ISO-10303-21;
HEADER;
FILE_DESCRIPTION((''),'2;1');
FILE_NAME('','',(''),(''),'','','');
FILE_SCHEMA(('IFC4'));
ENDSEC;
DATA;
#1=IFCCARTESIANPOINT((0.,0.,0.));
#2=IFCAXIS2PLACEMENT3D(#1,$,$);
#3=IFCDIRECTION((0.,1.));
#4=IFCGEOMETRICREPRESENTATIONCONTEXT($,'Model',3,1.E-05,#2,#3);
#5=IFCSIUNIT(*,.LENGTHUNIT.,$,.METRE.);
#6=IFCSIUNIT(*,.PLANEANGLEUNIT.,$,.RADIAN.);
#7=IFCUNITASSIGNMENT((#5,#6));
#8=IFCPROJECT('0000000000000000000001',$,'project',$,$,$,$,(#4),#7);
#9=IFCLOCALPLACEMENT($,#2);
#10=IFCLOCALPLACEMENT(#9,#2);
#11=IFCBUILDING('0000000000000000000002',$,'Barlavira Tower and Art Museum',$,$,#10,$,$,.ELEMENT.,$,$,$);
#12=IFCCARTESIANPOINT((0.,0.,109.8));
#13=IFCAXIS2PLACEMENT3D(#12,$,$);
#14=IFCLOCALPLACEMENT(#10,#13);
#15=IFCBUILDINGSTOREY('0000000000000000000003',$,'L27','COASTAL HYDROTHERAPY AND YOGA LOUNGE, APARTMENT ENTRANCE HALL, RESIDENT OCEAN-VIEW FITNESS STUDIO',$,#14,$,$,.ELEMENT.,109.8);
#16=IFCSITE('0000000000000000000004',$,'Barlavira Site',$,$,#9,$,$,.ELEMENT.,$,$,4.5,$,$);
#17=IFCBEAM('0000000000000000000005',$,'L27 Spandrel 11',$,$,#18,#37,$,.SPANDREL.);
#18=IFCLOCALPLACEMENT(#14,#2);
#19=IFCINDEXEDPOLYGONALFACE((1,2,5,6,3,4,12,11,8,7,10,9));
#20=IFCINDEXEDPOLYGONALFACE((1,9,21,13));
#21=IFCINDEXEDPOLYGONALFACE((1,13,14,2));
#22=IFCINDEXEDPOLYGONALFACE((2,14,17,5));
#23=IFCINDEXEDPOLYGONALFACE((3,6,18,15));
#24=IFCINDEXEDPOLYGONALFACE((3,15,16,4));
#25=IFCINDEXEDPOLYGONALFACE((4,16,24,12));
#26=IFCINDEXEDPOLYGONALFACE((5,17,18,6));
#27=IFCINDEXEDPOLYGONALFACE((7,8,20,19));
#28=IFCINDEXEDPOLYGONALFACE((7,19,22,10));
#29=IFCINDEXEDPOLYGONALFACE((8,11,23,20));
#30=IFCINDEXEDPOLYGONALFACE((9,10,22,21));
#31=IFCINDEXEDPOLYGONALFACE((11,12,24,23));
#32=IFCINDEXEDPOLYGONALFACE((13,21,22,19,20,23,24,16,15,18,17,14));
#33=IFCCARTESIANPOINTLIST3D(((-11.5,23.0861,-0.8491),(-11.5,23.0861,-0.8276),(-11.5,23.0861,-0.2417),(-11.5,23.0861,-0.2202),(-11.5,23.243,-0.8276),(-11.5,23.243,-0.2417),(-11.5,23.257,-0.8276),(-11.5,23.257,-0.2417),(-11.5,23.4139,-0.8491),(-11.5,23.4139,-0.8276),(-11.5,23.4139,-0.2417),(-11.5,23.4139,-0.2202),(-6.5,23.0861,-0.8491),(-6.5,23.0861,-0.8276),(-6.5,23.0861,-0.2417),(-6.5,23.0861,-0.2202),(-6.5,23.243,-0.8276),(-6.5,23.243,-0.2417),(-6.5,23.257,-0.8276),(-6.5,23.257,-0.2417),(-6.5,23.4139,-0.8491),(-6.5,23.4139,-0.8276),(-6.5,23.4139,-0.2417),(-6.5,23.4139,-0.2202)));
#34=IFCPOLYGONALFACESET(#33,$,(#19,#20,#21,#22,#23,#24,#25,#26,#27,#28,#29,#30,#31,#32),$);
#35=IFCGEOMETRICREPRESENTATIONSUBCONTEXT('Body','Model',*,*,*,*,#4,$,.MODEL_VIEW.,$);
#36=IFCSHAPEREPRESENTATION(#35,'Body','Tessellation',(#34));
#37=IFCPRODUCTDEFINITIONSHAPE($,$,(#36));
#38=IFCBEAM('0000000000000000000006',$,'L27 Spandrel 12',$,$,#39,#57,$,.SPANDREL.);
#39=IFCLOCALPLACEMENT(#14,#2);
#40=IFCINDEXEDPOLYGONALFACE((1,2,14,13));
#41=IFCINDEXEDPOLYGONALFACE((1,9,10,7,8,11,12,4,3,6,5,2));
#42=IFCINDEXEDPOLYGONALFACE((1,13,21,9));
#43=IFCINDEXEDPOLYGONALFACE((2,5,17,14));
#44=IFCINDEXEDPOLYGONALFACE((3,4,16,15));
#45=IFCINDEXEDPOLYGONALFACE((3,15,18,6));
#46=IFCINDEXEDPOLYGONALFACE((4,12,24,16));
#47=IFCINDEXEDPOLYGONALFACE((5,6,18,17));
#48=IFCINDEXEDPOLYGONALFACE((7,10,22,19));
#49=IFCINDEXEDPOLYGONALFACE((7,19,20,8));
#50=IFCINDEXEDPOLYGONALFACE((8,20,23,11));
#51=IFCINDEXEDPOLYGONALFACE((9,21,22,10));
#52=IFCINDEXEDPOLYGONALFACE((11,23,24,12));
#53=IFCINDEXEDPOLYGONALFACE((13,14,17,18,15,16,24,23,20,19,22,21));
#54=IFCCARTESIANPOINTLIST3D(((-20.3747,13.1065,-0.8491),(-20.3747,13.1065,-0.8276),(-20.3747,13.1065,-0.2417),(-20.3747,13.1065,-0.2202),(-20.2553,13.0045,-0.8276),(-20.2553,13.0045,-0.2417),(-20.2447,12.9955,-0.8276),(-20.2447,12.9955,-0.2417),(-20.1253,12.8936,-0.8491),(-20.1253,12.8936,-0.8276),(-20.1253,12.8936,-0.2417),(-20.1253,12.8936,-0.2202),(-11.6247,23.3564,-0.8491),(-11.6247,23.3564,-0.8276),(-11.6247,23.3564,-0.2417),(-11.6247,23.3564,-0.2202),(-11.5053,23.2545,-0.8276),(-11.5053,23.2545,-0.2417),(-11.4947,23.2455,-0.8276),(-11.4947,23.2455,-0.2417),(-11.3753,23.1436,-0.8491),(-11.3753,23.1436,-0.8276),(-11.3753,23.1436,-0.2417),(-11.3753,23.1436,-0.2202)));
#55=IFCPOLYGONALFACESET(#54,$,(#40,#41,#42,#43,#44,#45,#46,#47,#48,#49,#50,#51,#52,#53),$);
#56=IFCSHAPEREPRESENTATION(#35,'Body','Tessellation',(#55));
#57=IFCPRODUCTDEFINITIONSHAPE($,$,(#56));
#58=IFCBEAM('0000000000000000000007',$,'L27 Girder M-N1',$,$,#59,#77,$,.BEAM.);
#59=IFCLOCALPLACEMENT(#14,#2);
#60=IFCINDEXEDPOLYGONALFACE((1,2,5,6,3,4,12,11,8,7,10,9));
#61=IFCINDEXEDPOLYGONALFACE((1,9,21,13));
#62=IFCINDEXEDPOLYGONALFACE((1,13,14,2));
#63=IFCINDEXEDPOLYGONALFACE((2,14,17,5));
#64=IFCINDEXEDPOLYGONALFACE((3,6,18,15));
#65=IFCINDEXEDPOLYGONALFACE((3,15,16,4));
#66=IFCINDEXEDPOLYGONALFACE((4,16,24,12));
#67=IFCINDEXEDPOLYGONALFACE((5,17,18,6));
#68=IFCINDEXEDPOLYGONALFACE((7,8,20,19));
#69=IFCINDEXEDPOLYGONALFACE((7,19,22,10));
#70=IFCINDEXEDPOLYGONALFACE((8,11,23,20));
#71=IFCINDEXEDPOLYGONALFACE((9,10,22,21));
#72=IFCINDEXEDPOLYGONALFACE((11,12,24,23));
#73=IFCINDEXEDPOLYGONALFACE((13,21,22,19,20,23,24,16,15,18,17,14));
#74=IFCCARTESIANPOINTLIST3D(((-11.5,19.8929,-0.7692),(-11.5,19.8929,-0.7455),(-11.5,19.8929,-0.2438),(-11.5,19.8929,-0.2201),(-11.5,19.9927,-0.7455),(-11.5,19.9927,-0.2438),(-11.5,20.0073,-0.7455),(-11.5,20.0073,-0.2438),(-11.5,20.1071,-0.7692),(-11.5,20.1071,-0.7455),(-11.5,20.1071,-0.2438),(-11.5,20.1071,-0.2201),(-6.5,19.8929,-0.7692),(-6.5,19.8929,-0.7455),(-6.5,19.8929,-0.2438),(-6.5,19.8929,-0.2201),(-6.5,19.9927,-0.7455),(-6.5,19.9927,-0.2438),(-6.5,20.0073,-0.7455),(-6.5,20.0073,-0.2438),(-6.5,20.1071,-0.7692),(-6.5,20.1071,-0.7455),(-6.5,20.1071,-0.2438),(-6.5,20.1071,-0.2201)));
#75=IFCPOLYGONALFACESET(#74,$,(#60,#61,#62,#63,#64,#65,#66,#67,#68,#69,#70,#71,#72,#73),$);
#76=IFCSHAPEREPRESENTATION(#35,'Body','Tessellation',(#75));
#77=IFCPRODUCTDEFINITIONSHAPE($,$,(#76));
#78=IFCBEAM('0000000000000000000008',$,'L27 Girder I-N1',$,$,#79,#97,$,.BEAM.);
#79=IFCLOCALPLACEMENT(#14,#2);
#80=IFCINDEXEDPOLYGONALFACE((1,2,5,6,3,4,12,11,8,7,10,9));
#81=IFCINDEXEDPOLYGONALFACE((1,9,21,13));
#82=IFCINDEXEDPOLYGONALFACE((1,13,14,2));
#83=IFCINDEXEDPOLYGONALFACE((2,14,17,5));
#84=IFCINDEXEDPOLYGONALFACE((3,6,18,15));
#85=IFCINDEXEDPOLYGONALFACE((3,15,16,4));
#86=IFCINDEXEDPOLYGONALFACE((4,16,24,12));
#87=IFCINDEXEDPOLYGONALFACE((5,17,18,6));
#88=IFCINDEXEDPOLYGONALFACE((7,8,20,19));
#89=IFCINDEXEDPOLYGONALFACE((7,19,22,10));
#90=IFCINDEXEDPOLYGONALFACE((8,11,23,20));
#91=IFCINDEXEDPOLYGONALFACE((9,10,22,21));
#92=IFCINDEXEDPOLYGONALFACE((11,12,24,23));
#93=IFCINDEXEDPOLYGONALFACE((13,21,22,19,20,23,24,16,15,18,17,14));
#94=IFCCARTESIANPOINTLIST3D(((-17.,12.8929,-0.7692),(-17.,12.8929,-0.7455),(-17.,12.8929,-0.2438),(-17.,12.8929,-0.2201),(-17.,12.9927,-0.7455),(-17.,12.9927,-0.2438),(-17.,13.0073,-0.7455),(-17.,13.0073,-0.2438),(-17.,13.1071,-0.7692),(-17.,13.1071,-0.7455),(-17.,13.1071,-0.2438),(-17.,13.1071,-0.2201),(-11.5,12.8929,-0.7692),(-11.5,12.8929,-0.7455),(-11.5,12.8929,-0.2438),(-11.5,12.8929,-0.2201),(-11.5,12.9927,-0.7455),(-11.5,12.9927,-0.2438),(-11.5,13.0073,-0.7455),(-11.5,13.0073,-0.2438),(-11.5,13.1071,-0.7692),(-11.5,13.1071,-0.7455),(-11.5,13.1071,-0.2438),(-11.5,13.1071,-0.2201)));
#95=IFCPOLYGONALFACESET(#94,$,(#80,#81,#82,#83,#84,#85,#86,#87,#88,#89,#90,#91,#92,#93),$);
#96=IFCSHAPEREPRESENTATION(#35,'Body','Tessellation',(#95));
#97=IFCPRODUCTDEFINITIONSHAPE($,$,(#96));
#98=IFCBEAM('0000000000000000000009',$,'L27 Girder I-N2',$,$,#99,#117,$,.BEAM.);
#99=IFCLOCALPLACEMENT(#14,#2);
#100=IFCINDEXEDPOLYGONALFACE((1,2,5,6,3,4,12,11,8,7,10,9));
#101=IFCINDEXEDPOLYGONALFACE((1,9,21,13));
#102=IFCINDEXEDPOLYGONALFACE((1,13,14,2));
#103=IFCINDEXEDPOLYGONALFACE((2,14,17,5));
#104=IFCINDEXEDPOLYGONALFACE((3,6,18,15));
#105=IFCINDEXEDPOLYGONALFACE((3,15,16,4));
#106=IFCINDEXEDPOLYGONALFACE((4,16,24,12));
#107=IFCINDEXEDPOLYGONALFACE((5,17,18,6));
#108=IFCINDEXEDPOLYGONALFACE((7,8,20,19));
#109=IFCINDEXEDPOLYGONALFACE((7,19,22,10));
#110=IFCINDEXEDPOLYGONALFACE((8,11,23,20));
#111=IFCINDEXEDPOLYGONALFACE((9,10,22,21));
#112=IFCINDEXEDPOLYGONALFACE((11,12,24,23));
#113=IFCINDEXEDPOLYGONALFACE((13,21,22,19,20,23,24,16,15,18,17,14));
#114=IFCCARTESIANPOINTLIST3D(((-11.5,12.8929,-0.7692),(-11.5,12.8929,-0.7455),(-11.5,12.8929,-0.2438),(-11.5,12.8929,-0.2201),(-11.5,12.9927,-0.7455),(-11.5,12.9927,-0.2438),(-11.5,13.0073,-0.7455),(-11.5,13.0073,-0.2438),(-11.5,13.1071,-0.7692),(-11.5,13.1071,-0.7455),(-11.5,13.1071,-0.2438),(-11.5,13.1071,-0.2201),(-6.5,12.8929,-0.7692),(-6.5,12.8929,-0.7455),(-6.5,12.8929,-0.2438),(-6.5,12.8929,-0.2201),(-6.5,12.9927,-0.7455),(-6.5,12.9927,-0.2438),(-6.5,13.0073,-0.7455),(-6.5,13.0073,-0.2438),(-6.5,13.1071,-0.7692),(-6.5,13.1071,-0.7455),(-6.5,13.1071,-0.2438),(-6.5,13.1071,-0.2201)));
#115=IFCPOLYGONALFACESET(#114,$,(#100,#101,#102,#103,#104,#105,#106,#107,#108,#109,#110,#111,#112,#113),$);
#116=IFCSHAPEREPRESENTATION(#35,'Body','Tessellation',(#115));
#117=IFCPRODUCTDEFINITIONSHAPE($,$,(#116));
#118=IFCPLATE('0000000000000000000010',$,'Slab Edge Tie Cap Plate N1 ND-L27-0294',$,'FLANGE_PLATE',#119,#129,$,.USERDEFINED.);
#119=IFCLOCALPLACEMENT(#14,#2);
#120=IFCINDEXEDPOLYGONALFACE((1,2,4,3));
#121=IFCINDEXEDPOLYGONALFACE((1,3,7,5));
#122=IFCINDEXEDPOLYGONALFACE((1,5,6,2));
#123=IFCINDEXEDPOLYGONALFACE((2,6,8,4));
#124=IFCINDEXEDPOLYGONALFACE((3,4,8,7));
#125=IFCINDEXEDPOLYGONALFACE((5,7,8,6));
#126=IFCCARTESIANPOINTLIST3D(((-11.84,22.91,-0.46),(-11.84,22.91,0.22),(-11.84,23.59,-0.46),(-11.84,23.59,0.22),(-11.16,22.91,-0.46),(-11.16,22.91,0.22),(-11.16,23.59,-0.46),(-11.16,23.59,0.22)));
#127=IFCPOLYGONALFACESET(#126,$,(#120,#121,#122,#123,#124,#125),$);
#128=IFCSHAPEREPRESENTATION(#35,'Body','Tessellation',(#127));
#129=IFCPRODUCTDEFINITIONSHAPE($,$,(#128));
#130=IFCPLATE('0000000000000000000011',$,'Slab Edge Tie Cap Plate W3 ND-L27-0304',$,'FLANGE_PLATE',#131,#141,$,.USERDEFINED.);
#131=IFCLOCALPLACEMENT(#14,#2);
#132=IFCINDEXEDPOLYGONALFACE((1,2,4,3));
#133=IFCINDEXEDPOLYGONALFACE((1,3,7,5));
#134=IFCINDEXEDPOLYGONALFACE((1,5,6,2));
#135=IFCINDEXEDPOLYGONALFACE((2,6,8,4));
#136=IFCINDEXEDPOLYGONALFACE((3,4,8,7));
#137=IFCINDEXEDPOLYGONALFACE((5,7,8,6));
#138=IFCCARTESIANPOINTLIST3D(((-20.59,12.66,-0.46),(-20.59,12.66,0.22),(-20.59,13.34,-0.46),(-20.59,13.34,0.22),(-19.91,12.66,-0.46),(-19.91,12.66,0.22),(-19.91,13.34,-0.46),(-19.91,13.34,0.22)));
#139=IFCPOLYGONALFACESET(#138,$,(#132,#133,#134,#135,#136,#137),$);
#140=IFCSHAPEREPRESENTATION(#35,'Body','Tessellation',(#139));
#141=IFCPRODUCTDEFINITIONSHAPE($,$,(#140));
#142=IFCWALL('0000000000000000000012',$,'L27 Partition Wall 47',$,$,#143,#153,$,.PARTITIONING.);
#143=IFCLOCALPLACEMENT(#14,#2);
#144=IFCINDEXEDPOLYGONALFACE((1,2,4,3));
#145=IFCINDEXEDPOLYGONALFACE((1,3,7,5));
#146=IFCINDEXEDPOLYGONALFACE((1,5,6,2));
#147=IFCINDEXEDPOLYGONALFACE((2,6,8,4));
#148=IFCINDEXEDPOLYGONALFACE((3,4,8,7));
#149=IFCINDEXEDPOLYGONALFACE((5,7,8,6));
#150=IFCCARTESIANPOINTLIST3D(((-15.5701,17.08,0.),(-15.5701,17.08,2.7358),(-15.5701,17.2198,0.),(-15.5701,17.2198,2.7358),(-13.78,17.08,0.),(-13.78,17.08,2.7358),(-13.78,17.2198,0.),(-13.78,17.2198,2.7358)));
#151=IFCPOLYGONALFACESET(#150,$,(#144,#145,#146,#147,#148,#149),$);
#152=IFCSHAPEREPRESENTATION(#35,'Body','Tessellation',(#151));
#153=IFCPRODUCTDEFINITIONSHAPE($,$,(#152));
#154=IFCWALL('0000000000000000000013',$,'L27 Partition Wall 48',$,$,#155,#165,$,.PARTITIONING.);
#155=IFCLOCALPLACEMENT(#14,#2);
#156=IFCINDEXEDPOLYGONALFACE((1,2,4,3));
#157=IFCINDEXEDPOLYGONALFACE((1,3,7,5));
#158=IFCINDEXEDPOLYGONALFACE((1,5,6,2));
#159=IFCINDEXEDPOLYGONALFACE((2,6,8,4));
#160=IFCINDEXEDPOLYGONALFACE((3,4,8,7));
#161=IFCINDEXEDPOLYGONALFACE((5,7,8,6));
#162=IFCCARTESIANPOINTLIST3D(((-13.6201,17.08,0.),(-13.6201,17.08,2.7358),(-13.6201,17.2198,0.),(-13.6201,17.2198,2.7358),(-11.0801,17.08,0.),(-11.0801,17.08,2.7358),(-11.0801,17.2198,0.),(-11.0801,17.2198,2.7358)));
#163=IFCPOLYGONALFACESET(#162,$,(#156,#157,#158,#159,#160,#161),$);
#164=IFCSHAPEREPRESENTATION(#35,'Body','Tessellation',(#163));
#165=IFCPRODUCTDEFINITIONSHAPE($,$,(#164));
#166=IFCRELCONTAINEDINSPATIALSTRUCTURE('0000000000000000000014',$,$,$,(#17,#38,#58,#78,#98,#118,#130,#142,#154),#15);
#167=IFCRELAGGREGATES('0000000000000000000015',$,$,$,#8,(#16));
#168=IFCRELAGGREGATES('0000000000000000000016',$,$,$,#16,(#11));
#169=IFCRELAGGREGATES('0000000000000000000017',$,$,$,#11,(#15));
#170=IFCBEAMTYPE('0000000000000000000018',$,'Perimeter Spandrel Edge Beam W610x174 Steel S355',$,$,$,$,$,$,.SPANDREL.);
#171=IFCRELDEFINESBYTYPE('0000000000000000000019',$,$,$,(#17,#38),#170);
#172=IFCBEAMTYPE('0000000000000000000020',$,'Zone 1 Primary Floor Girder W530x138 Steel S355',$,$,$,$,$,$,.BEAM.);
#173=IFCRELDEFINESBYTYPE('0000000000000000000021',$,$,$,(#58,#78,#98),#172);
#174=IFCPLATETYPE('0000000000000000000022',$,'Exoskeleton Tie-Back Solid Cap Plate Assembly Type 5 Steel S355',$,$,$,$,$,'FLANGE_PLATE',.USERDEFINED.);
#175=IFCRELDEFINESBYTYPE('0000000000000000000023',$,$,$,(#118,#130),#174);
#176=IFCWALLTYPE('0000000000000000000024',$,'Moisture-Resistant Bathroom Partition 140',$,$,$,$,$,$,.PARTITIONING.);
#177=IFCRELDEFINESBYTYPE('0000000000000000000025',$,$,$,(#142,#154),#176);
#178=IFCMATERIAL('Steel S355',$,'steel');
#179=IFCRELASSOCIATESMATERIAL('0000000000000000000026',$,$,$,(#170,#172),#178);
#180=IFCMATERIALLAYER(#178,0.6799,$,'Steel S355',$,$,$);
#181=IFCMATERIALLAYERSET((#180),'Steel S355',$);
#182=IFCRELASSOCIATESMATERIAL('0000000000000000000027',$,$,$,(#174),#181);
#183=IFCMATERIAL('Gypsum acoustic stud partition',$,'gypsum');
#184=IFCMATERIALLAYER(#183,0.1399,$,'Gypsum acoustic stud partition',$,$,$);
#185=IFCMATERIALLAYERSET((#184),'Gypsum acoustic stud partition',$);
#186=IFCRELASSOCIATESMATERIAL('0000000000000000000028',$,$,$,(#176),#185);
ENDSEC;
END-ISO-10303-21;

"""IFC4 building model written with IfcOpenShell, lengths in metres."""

from ifc_helpers import new_model, si_unit, direction, frame, frame_2d, origin, origin_2d, place, context, subcontext, project, spatial, rectangle, i_section, extrude, material, layer, layer_set, material_profile, profile_set, type_object, element, save


model = new_model("IFC4")

# Units and contexts
model_context = context("Model", 3, precision=1e-05, world=origin(), true_north=direction((0.0, 1.0)))
body_context = subcontext(model_context, "Body", "Model", "MODEL_VIEW")
ifc_project = project(units=[si_unit("LENGTHUNIT", "METRE"), si_unit("PLANEANGLEUNIT", "RADIAN")], contexts=[model_context])

# Site, building, storey
site_placement = place(None, origin())
site = spatial("IfcSite", under=ifc_project, at=site_placement, Name="Barlavira Site", CompositionType="ELEMENT", RefElevation=4.5)
building_placement = place(site_placement, origin())
building = spatial("IfcBuilding", under=site, at=building_placement, Name="Barlavira Tower and Art Museum", CompositionType="ELEMENT")
storey_placement = place(building_placement, frame((0.0, 0.0, 109.8)))
storey = spatial("IfcBuildingStorey", under=building, at=storey_placement, Name="L27", Description="COASTAL HYDROTHERAPY AND YOGA LOUNGE, APARTMENT ENTRANCE HALL, RESIDENT OCEAN-VIEW FITNESS STUDIO", CompositionType="ELEMENT", Elevation=109.8)

# Shared definitions
ifc_material_1 = material(Name="Steel S355", Category="steel")

# Beams
ifc_material_profile_1 = material_profile(ifc_material_1, i_section(OverallWidth=0.3279, OverallDepth=0.6289, WebThickness=0.0139, FlangeThickness=0.0215, at=origin_2d()), Name="W610x174.0")
ifc_profile_set_1 = profile_set([ifc_material_profile_1], Name="Steel S355")
beam_type_1 = type_object("IfcBeamType", Name="Perimeter Spandrel Edge Beam W610x174 Steel S355", PredefinedType="SPANDREL", material=ifc_profile_set_1)
beam_1_placement = place(storey_placement, frame((-11.5, 23.25, -0.5347), z_axis=(1.0, 0.0, 0.0), x_axis=(0.0, 1.0, 0.0)))
element("IfcBeam", 1, at=beam_1_placement, inside=storey, type_object=beam_type_1, Name="L27 Spandrel 11", PredefinedType="SPANDREL", context=body_context, shape_type="SweptSolid", body=[
    extrude(i_section(OverallWidth=0.3279, OverallDepth=0.6289, WebThickness=0.0139, FlangeThickness=0.0215, at=origin_2d()), origin(), (0.0, 0.0, 1.0), 5.0),
])
beam_2_placement = place(storey_placement, frame((-11.5, 23.25, -0.5347), z_axis=(-0.649262, -0.760565, 0.0), x_axis=(0.760565, -0.649262, 0.0)))
element("IfcBeam", 2, at=beam_2_placement, inside=storey, type_object=beam_type_1, Name="L27 Spandrel 12", PredefinedType="SPANDREL", context=body_context, shape_type="SweptSolid", body=[
    extrude(i_section(OverallWidth=0.3279, OverallDepth=0.6289, WebThickness=0.0139, FlangeThickness=0.0215, at=origin_2d()), origin(), (0.0, 0.0, 1.0), 13.4768),
])
ifc_material_profile_2 = material_profile(ifc_material_1, i_section(OverallWidth=0.2141, OverallDepth=0.5491, WebThickness=0.0146, FlangeThickness=0.0237, at=origin_2d()), Name="W530x138.0")
ifc_profile_set_2 = profile_set([ifc_material_profile_2], Name="Steel S355")
beam_type_2 = type_object("IfcBeamType", Name="Zone 1 Primary Floor Girder W530x138 Steel S355", PredefinedType="BEAM", material=ifc_profile_set_2)
beam_3_placement = place(storey_placement, frame((-11.5, 20.0, -0.4946), z_axis=(1.0, 0.0, 0.0), x_axis=(0.0, 1.0, 0.0)))
element("IfcBeam", 3, at=beam_3_placement, inside=storey, type_object=beam_type_2, Name="L27 Girder M-N1", PredefinedType="BEAM", context=body_context, shape_type="SweptSolid", body=[
    extrude(i_section(OverallWidth=0.2141, OverallDepth=0.5491, WebThickness=0.0146, FlangeThickness=0.0237, at=origin_2d()), origin(), (0.0, 0.0, 1.0), 5.0),
])
beam_4_placement = place(storey_placement, frame((-17.0, 13.0, -0.4946), z_axis=(1.0, 0.0, 0.0), x_axis=(0.0, 1.0, 0.0)))
element("IfcBeam", 4, at=beam_4_placement, inside=storey, type_object=beam_type_2, Name="L27 Girder I-N1", PredefinedType="BEAM", context=body_context, shape_type="SweptSolid", body=[
    extrude(i_section(OverallWidth=0.2141, OverallDepth=0.5491, WebThickness=0.0146, FlangeThickness=0.0237, at=origin_2d()), origin(), (0.0, 0.0, 1.0), 5.5),
])
beam_5_placement = place(storey_placement, frame((-11.5, 13.0, -0.4946), z_axis=(1.0, 0.0, 0.0), x_axis=(0.0, 1.0, 0.0)))
element("IfcBeam", 5, at=beam_5_placement, inside=storey, type_object=beam_type_2, Name="L27 Girder I-N2", PredefinedType="BEAM", context=body_context, shape_type="SweptSolid", body=[
    extrude(i_section(OverallWidth=0.2141, OverallDepth=0.5491, WebThickness=0.0146, FlangeThickness=0.0237, at=origin_2d()), origin(), (0.0, 0.0, 1.0), 5.0),
])

# Plates
ifc_layer_1 = layer(ifc_material_1, 0.6799, Name="Steel S355")
ifc_layer_set_1 = layer_set([ifc_layer_1], Name="Steel S355")
plate_type = type_object("IfcPlateType", Name="Exoskeleton Tie-Back Solid Cap Plate Assembly Type 5 Steel S355", ElementType="FLANGE_PLATE", PredefinedType="USERDEFINED", material=ifc_layer_set_1)
for number, where, z_axis, x_axis, name in (
    (6, (-11.5, 23.25, -0.46), (0.0, 0.0, 1.0), (1.0, 0.0, 0.0), "Slab Edge Tie Cap Plate N1 ND-L27-0294"),
    (7, (-20.25, 13.0, -0.46), (0.0, 0.0, 1.0), (1.0, 0.0, 0.0), "Slab Edge Tie Cap Plate W3 ND-L27-0304"),
):
    element("IfcPlate", number, at=place(storey_placement, frame(where, z_axis=z_axis, x_axis=x_axis)), inside=storey, type_object=plate_type, Name=name, ObjectType="FLANGE_PLATE", PredefinedType="USERDEFINED", context=body_context, shape_type="SweptSolid", body=[
        extrude(rectangle(XDim=0.6799, YDim=0.6799, at=origin_2d()), origin(), (0.0, 0.0, 1.0), 0.6799),
    ])

# Walls
ifc_material_2 = material(Name="Gypsum acoustic stud partition", Category="gypsum")
ifc_layer_2 = layer(ifc_material_2, 0.1399, Name="Gypsum acoustic stud partition")
ifc_layer_set_2 = layer_set([ifc_layer_2], Name="Gypsum acoustic stud partition")
wall_type_1 = type_object("IfcWallType", Name="Moisture-Resistant Bathroom Partition 140", PredefinedType="PARTITIONING", material=ifc_layer_set_2)
wall_1_placement = place(storey_placement, frame((-15.5701, 17.1499, 0.0), z_axis=(0.0, 0.0, 1.0), x_axis=(1.0, 0.0, 0.0)))
element("IfcWall", 8, at=wall_1_placement, inside=storey, type_object=wall_type_1, Name="L27 Partition Wall 47", PredefinedType="PARTITIONING", context=body_context, shape_type="SweptSolid", body=[
    extrude(rectangle(XDim=1.79, YDim=0.1399, at=frame_2d((0.895, 0.0))), origin(), (0.0, 0.0, 1.0), 2.7358),
])
wall_2_placement = place(storey_placement, frame((-13.6201, 17.1499, 0.0), z_axis=(0.0, 0.0, 1.0), x_axis=(1.0, 0.0, 0.0)))
element("IfcWall", 9, at=wall_2_placement, inside=storey, type_object=wall_type_1, Name="L27 Partition Wall 48", PredefinedType="PARTITIONING", context=body_context, shape_type="SweptSolid", body=[
    extrude(rectangle(XDim=2.54, YDim=0.1399, at=frame_2d((1.27, 0.0))), origin(), (0.0, 0.0, 1.0), 2.7358),
])

save(model, "model.ifc")
